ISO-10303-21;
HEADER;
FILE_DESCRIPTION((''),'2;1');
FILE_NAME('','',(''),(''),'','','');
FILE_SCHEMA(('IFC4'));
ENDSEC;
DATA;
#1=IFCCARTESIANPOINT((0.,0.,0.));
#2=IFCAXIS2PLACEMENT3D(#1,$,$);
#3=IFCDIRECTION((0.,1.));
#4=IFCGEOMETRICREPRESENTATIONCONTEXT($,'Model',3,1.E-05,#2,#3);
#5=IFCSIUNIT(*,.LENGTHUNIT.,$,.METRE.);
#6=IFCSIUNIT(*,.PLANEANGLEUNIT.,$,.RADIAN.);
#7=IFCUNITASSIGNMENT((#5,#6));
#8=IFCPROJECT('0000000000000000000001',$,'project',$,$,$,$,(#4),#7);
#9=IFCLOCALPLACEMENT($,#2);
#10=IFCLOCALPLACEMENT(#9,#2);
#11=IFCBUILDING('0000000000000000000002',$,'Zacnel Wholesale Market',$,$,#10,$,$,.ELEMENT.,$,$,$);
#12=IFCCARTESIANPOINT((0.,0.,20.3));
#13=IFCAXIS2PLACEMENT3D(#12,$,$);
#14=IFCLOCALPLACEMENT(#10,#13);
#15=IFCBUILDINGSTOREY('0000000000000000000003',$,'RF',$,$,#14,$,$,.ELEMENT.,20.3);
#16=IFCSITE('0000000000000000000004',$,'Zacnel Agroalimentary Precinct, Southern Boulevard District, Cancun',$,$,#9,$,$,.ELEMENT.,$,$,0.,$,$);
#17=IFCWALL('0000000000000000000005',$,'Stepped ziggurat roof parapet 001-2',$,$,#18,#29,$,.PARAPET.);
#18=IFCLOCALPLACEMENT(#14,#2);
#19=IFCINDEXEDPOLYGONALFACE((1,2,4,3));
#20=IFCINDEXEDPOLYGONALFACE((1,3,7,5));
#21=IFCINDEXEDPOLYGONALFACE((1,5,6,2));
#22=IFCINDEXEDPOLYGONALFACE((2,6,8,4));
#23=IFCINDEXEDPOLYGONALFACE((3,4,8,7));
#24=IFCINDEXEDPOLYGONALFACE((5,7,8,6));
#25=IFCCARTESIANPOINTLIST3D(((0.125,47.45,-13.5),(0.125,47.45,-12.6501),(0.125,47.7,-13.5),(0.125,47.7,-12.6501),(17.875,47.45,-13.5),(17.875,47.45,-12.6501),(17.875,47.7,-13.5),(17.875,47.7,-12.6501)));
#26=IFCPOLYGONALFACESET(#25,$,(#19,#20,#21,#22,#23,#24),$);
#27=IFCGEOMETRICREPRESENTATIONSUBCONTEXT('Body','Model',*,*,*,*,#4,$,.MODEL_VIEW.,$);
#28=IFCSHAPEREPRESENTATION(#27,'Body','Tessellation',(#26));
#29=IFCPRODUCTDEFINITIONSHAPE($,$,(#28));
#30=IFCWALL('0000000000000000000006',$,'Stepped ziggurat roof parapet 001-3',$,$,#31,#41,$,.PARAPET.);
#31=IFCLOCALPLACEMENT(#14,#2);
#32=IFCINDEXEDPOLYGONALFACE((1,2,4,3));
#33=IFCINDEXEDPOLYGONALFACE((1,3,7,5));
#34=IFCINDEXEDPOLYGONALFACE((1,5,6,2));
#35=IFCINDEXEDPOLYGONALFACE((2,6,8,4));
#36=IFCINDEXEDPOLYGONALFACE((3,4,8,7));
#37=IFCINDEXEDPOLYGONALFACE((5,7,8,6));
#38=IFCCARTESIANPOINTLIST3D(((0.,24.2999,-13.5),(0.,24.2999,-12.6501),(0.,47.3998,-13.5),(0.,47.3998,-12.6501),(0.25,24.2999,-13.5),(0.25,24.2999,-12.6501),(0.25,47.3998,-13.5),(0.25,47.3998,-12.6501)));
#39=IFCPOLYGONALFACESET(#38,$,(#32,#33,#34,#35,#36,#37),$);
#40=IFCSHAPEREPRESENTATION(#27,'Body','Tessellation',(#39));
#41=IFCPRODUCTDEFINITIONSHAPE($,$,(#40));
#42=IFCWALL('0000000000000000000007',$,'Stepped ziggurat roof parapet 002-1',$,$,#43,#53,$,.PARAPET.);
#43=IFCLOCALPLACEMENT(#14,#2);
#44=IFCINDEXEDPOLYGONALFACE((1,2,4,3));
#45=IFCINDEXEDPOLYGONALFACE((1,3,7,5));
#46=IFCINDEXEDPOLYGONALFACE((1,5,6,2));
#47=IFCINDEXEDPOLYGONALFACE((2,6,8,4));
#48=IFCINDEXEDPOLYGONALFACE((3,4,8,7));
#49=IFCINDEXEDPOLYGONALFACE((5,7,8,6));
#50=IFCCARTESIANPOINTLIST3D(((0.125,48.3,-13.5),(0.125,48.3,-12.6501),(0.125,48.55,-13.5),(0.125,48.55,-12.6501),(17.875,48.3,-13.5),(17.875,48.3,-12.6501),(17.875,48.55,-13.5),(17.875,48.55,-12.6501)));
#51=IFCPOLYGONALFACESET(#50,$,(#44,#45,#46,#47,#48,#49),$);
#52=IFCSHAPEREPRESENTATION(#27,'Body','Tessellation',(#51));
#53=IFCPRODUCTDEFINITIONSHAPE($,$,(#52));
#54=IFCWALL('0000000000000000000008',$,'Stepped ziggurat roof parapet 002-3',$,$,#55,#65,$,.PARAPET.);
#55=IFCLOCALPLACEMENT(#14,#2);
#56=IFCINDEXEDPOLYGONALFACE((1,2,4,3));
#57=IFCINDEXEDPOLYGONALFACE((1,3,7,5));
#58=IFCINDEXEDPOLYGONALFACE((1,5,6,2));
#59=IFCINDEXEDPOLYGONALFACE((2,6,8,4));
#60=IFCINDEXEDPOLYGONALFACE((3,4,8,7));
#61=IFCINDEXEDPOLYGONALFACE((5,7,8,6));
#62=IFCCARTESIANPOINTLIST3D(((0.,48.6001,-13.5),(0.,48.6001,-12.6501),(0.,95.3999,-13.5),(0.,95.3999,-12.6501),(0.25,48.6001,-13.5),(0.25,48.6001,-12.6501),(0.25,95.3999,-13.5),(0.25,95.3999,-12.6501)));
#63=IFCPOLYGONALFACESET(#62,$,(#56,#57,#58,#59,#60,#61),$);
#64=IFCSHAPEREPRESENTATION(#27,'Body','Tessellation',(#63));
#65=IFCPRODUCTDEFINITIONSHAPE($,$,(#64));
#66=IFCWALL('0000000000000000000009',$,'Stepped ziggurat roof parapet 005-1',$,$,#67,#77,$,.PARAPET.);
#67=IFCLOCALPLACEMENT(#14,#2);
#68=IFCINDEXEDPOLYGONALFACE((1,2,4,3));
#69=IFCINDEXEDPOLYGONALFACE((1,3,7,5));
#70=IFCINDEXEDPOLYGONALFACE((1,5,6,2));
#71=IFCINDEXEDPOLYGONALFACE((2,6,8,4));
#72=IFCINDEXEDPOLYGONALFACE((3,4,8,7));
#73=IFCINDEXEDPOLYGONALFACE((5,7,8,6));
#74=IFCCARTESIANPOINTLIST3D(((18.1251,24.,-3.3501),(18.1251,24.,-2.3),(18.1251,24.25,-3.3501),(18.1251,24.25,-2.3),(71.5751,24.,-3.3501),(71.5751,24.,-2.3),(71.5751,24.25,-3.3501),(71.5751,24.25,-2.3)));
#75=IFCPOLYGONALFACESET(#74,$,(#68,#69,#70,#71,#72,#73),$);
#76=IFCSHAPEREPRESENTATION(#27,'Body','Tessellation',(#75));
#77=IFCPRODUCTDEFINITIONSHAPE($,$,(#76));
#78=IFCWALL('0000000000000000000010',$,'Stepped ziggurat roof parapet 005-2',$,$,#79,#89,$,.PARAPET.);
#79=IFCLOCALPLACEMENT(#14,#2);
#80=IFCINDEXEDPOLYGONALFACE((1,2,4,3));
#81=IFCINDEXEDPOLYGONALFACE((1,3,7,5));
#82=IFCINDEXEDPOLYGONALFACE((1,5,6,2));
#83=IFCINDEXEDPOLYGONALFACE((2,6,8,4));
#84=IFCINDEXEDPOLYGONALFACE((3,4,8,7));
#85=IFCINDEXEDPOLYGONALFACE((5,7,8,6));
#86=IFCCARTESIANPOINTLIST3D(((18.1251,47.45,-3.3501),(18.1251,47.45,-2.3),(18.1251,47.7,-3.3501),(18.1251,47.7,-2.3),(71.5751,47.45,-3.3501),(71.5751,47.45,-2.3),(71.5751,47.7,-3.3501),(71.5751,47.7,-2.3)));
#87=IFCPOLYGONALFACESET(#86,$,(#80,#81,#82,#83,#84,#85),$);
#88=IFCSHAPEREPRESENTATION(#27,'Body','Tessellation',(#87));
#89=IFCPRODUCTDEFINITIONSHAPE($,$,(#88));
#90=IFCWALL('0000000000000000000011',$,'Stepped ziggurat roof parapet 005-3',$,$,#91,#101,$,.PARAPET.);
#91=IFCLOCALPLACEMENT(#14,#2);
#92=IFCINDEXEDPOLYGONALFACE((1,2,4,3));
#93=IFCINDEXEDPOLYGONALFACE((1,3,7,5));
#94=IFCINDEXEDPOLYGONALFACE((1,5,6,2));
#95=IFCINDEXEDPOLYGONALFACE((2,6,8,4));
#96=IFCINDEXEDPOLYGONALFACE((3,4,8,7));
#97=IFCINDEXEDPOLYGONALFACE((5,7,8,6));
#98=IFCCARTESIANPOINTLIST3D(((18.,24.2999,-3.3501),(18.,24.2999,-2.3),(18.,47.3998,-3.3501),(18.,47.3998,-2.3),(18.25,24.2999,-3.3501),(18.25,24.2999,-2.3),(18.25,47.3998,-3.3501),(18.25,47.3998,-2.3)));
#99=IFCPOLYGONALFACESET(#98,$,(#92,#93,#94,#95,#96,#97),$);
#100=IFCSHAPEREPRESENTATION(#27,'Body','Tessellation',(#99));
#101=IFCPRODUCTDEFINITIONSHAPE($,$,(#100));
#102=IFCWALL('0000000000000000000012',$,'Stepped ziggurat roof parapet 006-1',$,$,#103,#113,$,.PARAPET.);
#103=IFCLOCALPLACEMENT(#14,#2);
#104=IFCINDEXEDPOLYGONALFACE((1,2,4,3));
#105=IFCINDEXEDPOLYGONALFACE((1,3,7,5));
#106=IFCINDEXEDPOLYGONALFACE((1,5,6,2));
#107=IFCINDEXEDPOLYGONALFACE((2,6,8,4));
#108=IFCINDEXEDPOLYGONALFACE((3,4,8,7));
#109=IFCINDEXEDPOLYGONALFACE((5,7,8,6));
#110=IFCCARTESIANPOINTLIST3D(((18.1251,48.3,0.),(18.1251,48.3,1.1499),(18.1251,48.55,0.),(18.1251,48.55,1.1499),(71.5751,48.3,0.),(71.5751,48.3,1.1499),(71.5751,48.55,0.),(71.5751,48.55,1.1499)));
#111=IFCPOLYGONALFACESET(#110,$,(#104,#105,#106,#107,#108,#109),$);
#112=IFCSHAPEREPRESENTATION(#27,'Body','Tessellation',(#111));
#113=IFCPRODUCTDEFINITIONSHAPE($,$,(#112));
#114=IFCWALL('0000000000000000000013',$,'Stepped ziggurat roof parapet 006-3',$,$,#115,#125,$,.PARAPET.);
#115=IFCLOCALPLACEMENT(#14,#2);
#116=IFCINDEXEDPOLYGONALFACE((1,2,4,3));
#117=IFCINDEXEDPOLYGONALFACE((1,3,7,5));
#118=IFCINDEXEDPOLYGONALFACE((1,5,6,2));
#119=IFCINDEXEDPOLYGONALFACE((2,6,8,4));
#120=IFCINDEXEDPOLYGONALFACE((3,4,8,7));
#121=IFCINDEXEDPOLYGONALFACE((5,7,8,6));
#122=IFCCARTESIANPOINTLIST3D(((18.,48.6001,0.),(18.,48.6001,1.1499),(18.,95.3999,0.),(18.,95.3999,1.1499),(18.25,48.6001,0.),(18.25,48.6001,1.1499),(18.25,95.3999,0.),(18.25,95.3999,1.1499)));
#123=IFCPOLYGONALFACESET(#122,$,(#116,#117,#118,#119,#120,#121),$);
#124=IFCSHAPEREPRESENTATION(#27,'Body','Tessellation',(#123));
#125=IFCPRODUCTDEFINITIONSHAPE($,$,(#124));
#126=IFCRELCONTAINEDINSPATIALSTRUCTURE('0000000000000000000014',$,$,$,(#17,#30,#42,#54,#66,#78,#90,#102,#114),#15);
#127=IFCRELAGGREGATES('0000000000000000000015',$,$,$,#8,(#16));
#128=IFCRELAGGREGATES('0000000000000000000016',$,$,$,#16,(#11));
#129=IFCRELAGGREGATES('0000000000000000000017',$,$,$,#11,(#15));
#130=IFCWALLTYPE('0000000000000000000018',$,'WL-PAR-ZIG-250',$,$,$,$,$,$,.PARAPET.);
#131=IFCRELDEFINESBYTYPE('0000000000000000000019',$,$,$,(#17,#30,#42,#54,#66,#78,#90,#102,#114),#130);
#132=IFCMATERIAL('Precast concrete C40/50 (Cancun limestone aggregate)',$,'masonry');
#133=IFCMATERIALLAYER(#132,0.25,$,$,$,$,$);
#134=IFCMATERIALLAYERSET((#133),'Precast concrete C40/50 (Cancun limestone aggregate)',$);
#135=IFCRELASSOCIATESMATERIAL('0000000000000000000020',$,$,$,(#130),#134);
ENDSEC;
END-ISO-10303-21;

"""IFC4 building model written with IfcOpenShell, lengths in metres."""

from ifc_helpers import new_model, si_unit, direction, frame, frame_2d, origin, place, context, subcontext, project, spatial, rectangle, extrude, material, layer, layer_set, type_object, element, save


model = new_model("IFC4")

# Units and contexts
model_context = context("Model", 3, precision=1e-05, world=origin(), true_north=direction((0.0, 1.0)))
body_context = subcontext(model_context, "Body", "Model", "MODEL_VIEW")
ifc_project = project(units=[si_unit("LENGTHUNIT", "METRE"), si_unit("PLANEANGLEUNIT", "RADIAN")], contexts=[model_context])

# Site, building, storey
site_placement = place(None, origin())
site = spatial("IfcSite", under=ifc_project, at=site_placement, Name="Zacnel Agroalimentary Precinct, Southern Boulevard District, Cancun", CompositionType="ELEMENT", RefElevation=0.0)
building_placement = place(site_placement, origin())
building = spatial("IfcBuilding", under=site, at=building_placement, Name="Zacnel Wholesale Market", CompositionType="ELEMENT")
storey_placement = place(building_placement, frame((0.0, 0.0, 20.3)))
storey = spatial("IfcBuildingStorey", under=building, at=storey_placement, Name="RF", CompositionType="ELEMENT", Elevation=20.3)

# Walls
ifc_material_1 = material(Name="Precast concrete C40/50 (Cancun limestone aggregate)", Category="masonry")
ifc_layer_1 = layer(ifc_material_1, 0.25)
ifc_layer_set_1 = layer_set([ifc_layer_1], Name="Precast concrete C40/50 (Cancun limestone aggregate)")
wall_type_1 = type_object("IfcWallType", Name="WL-PAR-ZIG-250", PredefinedType="PARAPET", material=ifc_layer_set_1)
wall_1_placement = place(storey_placement, frame((0.125, 47.575, -13.5), z_axis=(0.0, 0.0, 1.0), x_axis=(1.0, 0.0, 0.0)))
element("IfcWall", 1, at=wall_1_placement, inside=storey, type_object=wall_type_1, Name="Stepped ziggurat roof parapet 001-2", PredefinedType="PARAPET", context=body_context, shape_type="SweptSolid", body=[
    extrude(rectangle(XDim=17.75, YDim=0.25, at=frame_2d((8.875, 0.0))), origin(), (0.0, 0.0, 1.0), 0.8499),
])
wall_2_placement = place(storey_placement, frame((0.125, 24.3, -13.5), z_axis=(0.0, 0.0, 1.0), x_axis=(0.0, 1.0, 0.0)))
element("IfcWall", 2, at=wall_2_placement, inside=storey, type_object=wall_type_1, Name="Stepped ziggurat roof parapet 001-3", PredefinedType="PARAPET", context=body_context, shape_type="SweptSolid", body=[
    extrude(rectangle(XDim=23.0999, YDim=0.25, at=frame_2d((11.5498, 0.0))), origin(), (0.0, 0.0, 1.0), 0.8499),
])
wall_3_placement = place(storey_placement, frame((0.125, 48.425, -13.5), z_axis=(0.0, 0.0, 1.0), x_axis=(1.0, 0.0, 0.0)))
element("IfcWall", 3, at=wall_3_placement, inside=storey, type_object=wall_type_1, Name="Stepped ziggurat roof parapet 002-1", PredefinedType="PARAPET", context=body_context, shape_type="SweptSolid", body=[
    extrude(rectangle(XDim=17.75, YDim=0.25, at=frame_2d((8.875, 0.0))), origin(), (0.0, 0.0, 1.0), 0.8499),
])
wall_4_placement = place(storey_placement, frame((0.125, 48.6001, -13.5), z_axis=(0.0, 0.0, 1.0), x_axis=(0.0, 1.0, 0.0)))
element("IfcWall", 4, at=wall_4_placement, inside=storey, type_object=wall_type_1, Name="Stepped ziggurat roof parapet 002-3", PredefinedType="PARAPET", context=body_context, shape_type="SweptSolid", body=[
    extrude(rectangle(XDim=46.7998, YDim=0.25, at=frame_2d((23.3999, 0.0))), origin(), (0.0, 0.0, 1.0), 0.8499),
])
for number, where, z_axis, x_axis, name in (
    (5, (18.125, 24.125, -3.3501), (0.0, 0.0, 1.0), (1.0, 0.0, 0.0), "Stepped ziggurat roof parapet 005-1"),
    (6, (18.125, 47.575, -3.3501), (0.0, 0.0, 1.0), (1.0, 0.0, 0.0), "Stepped ziggurat roof parapet 005-2"),
):
    element("IfcWall", number, at=place(storey_placement, frame(where, z_axis=z_axis, x_axis=x_axis)), inside=storey, type_object=wall_type_1, Name=name, PredefinedType="PARAPET", context=body_context, shape_type="SweptSolid", body=[
        extrude(rectangle(XDim=53.45, YDim=0.25, at=frame_2d((26.7251, 0.0))), origin(), (0.0, 0.0, 1.0), 1.05),
    ])
wall_5_placement = place(storey_placement, frame((18.125, 24.3, -3.3501), z_axis=(0.0, 0.0, 1.0), x_axis=(0.0, 1.0, 0.0)))
element("IfcWall", 7, at=wall_5_placement, inside=storey, type_object=wall_type_1, Name="Stepped ziggurat roof parapet 005-3", PredefinedType="PARAPET", context=body_context, shape_type="SweptSolid", body=[
    extrude(rectangle(XDim=23.0999, YDim=0.25, at=frame_2d((11.5498, 0.0))), origin(), (0.0, 0.0, 1.0), 1.05),
])
wall_6_placement = place(storey_placement, frame((18.125, 48.425, 0.0), z_axis=(0.0, 0.0, 1.0), x_axis=(1.0, 0.0, 0.0)))
element("IfcWall", 8, at=wall_6_placement, inside=storey, type_object=wall_type_1, Name="Stepped ziggurat roof parapet 006-1", PredefinedType="PARAPET", context=body_context, shape_type="SweptSolid", body=[
    extrude(rectangle(XDim=53.45, YDim=0.25, at=frame_2d((26.7251, 0.0))), origin(), (0.0, 0.0, 1.0), 1.1499),
])
wall_7_placement = place(storey_placement, frame((18.125, 48.6001, 0.0), z_axis=(0.0, 0.0, 1.0), x_axis=(0.0, 1.0, 0.0)))
element("IfcWall", 9, at=wall_7_placement, inside=storey, type_object=wall_type_1, Name="Stepped ziggurat roof parapet 006-3", PredefinedType="PARAPET", context=body_context, shape_type="SweptSolid", body=[
    extrude(rectangle(XDim=46.7998, YDim=0.25, at=frame_2d((23.3999, 0.0))), origin(), (0.0, 0.0, 1.0), 1.1499),
])

save(model, "model.ifc")
